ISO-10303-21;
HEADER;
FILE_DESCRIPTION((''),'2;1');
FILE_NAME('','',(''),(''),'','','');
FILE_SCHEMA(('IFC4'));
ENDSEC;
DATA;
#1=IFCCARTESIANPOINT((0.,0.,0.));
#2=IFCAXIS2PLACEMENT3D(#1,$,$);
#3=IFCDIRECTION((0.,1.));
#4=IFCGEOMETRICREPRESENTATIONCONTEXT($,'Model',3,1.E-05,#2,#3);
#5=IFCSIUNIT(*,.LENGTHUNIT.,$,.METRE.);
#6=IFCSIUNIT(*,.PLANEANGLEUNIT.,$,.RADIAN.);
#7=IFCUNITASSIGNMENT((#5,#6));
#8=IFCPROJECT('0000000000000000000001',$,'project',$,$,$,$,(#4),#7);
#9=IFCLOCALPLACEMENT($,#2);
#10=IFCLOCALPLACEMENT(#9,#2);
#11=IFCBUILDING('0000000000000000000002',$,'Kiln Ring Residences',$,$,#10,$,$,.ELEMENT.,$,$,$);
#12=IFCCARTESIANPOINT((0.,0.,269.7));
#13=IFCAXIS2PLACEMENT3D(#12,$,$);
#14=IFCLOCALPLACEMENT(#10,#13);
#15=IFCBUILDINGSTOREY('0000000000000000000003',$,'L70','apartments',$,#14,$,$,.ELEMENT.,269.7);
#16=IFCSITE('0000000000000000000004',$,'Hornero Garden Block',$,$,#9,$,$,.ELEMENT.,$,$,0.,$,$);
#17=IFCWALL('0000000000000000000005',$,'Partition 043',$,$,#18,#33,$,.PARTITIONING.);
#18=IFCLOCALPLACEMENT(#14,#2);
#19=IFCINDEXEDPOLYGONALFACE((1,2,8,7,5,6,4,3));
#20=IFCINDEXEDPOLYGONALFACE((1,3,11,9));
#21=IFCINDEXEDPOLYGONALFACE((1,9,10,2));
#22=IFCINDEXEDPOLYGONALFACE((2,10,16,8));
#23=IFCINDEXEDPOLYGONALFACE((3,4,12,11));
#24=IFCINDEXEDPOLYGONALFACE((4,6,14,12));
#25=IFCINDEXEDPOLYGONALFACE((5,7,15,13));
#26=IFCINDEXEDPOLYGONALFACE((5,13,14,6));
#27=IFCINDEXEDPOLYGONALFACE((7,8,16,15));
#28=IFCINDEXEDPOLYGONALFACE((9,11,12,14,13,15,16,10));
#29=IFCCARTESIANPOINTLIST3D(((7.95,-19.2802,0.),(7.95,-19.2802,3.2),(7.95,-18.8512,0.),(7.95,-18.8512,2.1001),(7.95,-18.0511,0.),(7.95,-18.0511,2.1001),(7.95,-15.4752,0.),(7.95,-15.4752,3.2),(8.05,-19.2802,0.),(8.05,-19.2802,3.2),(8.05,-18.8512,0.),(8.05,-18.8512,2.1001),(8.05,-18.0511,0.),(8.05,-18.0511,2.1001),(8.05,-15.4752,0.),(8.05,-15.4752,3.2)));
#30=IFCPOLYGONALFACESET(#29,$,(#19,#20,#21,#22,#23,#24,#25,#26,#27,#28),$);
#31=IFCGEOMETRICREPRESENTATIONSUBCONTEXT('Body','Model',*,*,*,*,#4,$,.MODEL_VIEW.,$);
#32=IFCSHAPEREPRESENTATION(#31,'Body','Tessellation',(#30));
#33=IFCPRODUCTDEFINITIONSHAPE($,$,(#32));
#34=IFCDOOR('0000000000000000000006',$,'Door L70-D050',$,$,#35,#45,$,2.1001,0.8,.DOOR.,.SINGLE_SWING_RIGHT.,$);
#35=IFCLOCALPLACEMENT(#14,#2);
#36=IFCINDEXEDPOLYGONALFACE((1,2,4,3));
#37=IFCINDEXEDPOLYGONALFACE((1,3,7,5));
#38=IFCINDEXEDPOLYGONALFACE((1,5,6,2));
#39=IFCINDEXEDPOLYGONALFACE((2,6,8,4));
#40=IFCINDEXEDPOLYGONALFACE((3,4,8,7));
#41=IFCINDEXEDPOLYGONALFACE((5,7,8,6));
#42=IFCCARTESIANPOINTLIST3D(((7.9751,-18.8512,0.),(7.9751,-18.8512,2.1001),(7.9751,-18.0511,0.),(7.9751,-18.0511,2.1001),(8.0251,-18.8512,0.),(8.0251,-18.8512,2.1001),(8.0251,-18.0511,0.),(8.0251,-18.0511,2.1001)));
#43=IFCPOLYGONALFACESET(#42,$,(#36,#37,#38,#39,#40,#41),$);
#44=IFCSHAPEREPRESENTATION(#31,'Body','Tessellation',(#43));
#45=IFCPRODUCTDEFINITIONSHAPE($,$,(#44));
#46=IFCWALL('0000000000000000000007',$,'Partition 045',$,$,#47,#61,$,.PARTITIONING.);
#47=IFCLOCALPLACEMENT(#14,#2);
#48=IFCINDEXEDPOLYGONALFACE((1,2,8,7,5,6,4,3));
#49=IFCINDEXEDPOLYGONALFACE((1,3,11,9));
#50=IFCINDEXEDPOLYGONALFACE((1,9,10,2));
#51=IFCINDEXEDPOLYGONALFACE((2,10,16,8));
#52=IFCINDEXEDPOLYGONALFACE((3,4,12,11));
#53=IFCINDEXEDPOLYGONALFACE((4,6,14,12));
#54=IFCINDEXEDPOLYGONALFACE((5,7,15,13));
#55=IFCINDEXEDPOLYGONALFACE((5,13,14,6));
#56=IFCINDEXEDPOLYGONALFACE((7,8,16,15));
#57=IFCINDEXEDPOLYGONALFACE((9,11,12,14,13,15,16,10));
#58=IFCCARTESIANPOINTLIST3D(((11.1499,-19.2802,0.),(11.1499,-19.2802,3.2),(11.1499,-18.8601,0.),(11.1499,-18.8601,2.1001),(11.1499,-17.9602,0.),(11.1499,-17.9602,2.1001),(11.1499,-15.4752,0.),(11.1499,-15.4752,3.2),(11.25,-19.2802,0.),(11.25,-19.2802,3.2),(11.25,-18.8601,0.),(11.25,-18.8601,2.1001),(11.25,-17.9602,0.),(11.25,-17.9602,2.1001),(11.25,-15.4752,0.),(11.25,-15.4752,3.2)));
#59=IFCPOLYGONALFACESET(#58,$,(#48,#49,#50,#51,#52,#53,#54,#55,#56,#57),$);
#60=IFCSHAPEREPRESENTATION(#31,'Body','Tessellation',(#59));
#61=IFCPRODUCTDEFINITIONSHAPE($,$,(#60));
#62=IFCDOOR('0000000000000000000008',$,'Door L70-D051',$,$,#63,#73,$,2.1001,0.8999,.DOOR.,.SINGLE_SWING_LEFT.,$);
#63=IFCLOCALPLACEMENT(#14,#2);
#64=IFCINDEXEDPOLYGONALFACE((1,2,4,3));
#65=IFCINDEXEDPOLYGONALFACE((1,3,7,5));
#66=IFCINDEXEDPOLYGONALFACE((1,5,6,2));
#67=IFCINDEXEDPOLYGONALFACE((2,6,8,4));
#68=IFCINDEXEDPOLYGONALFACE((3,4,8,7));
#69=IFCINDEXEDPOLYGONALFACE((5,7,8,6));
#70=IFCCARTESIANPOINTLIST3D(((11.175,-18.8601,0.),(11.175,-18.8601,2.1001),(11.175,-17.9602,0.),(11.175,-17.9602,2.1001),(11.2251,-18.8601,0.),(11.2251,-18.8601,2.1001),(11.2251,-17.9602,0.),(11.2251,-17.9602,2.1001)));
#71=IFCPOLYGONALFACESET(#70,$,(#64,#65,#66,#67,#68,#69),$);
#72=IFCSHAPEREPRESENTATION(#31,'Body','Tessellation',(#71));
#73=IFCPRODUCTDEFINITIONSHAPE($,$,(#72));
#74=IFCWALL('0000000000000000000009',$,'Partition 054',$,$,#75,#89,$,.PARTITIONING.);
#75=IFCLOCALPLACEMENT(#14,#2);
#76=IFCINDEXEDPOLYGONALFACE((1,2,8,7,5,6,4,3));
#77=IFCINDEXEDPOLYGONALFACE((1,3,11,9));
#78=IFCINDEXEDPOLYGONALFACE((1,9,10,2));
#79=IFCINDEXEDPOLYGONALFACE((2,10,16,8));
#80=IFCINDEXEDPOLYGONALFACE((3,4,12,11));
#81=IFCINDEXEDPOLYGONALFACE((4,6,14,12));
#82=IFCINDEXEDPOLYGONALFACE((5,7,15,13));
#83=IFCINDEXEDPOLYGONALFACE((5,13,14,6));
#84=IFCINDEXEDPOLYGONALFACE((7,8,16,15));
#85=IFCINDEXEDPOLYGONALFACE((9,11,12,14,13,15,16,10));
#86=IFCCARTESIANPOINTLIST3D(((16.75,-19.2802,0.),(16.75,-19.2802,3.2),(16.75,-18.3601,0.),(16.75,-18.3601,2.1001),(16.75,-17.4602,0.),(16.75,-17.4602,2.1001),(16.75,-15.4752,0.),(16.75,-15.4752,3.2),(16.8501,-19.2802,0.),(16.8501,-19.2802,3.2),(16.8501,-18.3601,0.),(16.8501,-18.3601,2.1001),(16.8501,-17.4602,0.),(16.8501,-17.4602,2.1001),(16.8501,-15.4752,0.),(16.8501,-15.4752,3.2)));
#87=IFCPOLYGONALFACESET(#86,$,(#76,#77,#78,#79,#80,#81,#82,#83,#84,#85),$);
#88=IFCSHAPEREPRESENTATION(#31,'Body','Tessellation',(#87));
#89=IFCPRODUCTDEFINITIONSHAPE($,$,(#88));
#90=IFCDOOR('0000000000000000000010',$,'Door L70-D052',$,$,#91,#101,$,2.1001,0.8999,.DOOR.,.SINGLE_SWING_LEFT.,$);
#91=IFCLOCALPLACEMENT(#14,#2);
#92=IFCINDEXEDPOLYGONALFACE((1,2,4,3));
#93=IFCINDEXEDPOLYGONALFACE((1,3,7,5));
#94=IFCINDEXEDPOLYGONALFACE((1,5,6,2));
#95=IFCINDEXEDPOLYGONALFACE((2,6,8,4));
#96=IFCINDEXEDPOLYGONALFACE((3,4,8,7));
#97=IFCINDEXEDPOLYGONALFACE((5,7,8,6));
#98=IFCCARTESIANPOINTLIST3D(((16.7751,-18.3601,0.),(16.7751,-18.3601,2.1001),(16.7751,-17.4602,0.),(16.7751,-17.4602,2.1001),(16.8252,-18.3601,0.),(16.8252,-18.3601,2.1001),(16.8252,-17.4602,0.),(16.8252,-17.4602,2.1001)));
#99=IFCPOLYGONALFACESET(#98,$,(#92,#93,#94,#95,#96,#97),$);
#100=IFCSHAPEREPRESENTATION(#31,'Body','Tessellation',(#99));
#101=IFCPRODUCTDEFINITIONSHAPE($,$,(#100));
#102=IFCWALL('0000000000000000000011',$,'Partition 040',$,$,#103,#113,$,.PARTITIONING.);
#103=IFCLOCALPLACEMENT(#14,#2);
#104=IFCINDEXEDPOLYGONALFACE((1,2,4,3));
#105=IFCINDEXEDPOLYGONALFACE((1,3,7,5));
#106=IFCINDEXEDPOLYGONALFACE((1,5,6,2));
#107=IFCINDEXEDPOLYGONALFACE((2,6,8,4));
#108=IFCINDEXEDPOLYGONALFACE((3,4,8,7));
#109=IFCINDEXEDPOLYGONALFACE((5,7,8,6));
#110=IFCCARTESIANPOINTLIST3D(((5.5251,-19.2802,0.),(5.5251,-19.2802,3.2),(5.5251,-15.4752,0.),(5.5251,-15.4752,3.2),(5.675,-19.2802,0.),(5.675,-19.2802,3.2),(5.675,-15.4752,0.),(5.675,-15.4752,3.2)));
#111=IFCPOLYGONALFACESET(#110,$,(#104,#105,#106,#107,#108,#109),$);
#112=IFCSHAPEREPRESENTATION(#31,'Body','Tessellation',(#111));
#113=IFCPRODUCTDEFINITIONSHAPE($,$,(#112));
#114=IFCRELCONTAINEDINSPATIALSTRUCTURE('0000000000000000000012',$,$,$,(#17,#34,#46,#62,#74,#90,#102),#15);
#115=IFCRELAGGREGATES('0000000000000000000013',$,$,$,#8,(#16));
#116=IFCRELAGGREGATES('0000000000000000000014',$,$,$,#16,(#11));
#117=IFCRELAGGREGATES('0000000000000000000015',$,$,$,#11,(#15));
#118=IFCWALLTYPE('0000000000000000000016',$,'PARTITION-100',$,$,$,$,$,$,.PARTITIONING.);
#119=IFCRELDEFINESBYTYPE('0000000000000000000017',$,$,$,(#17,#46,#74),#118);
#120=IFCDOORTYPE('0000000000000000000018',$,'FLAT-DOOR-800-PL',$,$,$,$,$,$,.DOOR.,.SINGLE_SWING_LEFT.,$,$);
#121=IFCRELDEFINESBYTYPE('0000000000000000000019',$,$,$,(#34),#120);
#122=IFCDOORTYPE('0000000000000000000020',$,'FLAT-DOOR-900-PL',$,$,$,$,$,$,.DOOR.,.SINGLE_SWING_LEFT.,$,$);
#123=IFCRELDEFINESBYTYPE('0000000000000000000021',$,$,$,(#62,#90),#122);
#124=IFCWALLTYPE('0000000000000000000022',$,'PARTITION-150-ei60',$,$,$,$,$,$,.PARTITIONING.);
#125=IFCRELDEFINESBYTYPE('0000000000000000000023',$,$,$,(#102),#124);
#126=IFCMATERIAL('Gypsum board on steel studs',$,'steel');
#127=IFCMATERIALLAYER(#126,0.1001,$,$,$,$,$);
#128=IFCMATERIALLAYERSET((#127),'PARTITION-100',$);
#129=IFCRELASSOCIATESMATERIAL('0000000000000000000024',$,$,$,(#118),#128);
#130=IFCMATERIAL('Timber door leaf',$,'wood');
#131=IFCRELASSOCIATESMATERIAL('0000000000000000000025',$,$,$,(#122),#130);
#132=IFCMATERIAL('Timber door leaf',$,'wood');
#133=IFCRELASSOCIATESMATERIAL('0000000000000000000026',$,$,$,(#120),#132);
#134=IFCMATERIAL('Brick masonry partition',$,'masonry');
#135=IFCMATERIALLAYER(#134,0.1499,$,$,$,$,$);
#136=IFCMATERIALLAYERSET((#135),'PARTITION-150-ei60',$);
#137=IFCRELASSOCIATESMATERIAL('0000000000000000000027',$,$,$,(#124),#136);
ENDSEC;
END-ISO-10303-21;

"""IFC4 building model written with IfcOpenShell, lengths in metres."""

from ifc_helpers import new_model, si_unit, direction, frame, frame_2d, origin, place, context, subcontext, project, spatial, rectangle, extrude, material, layer, layer_set, type_object, element, fill, save


model = new_model("IFC4")

# Units and contexts
model_context = context("Model", 3, precision=1e-05, world=origin(), true_north=direction((0.0, 1.0)))
body_context = subcontext(model_context, "Body", "Model", "MODEL_VIEW")
ifc_project = project(units=[si_unit("LENGTHUNIT", "METRE"), si_unit("PLANEANGLEUNIT", "RADIAN")], contexts=[model_context])

# Site, building, storey
site_placement = place(None, origin())
site = spatial("IfcSite", under=ifc_project, at=site_placement, Name="Hornero Garden Block", CompositionType="ELEMENT", RefElevation=0.0)
building_placement = place(site_placement, origin())
building = spatial("IfcBuilding", under=site, at=building_placement, Name="Kiln Ring Residences", CompositionType="ELEMENT")
storey_placement = place(building_placement, frame((0.0, 0.0, 269.7)))
storey = spatial("IfcBuildingStorey", under=building, at=storey_placement, Name="L70", Description="apartments", CompositionType="ELEMENT", Elevation=269.7)

# Walls, openings, doors
ifc_material_1 = material(Name="Gypsum board on steel studs", Category="steel")
ifc_layer_1 = layer(ifc_material_1, 0.1001)
ifc_layer_set_1 = layer_set([ifc_layer_1], Name="PARTITION-100")
wall_type_1 = type_object("IfcWallType", Name="PARTITION-100", PredefinedType="PARTITIONING", material=ifc_layer_set_1)
ifc_material_2 = material(Name="Timber door leaf", Category="wood")
door_type_1 = type_object("IfcDoorType", Name="FLAT-DOOR-900-PL", OperationType="SINGLE_SWING_LEFT", PredefinedType="DOOR", material=ifc_material_2)
wall_1_placement = place(storey_placement, frame((8.0, -19.28, 0.0), z_axis=(0.0, 0.0, 1.0), x_axis=(0.0, 1.0, 0.0)))
wall_1 = element("IfcWall", 1, at=wall_1_placement, inside=storey, type_object=wall_type_1, Name="Partition 043", PredefinedType="PARTITIONING", context=body_context, shape_type="SweptSolid", body=[
    extrude(rectangle(XDim=3.8049, YDim=0.1001, at=frame_2d((1.9023, 0.0))), origin(), (0.0, 0.0, 1.0), 3.2),
])
opening_1_placement = place(wall_1_placement, frame((0.429, 0.0, 0.0)))
opening_1 = element("IfcOpeningElement", 2, at=opening_1_placement, cuts=wall_1, PredefinedType="OPENING", context=body_context, shape_type="SweptSolid", body=[
    extrude(rectangle(XDim=0.8, YDim=2.1001, at=frame_2d((0.3999, 1.05))), frame((0.0, 0.0601, 0.0), z_axis=(0.0, -1.0, 0.0), x_axis=(1.0, 0.0, 0.0)), (0.0, 0.0, 1.0), 0.1201),
])
ifc_material_3 = material(Name="Timber door leaf", Category="wood")
door_type_2 = type_object("IfcDoorType", Name="FLAT-DOOR-800-PL", OperationType="SINGLE_SWING_LEFT", PredefinedType="DOOR", material=ifc_material_3)
door_1_placement = place(opening_1_placement, origin())
door_1 = element("IfcDoor", 3, at=door_1_placement, inside=storey, type_object=door_type_2, Name="Door L70-D050", OperationType="SINGLE_SWING_RIGHT", OverallHeight=2.1001, OverallWidth=0.8, PredefinedType="DOOR", context=body_context, shape_type="SweptSolid", body=[
    extrude(rectangle(XDim=0.8, YDim=2.1001, at=frame_2d((0.3999, 1.05))), frame((0.0, 0.0249, 0.0), z_axis=(0.0, -1.0, 0.0), x_axis=(1.0, 0.0, 0.0)), (0.0, 0.0, 1.0), 0.05),
])
fill(opening_1, door_1)
wall_2_placement = place(storey_placement, frame((11.2, -19.28, 0.0), z_axis=(0.0, 0.0, 1.0), x_axis=(0.0, 1.0, 0.0)))
wall_2 = element("IfcWall", 4, at=wall_2_placement, inside=storey, type_object=wall_type_1, Name="Partition 045", PredefinedType="PARTITIONING", context=body_context, shape_type="SweptSolid", body=[
    extrude(rectangle(XDim=3.8049, YDim=0.1001, at=frame_2d((1.9023, 0.0))), origin(), (0.0, 0.0, 1.0), 3.2),
])
opening_2_placement = place(wall_2_placement, frame((0.4199, 0.0, 0.0)))
opening_2 = element("IfcOpeningElement", 5, at=opening_2_placement, cuts=wall_2, PredefinedType="OPENING", context=body_context, shape_type="SweptSolid", body=[
    extrude(rectangle(XDim=0.8999, YDim=2.1001, at=frame_2d((0.45, 1.05))), frame((0.0, 0.0601, 0.0), z_axis=(0.0, -1.0, 0.0), x_axis=(1.0, 0.0, 0.0)), (0.0, 0.0, 1.0), 0.1201),
])
door_2_placement = place(opening_2_placement, origin())
door_2 = element("IfcDoor", 6, at=door_2_placement, inside=storey, type_object=door_type_1, Name="Door L70-D051", OperationType="SINGLE_SWING_LEFT", OverallHeight=2.1001, OverallWidth=0.8999, PredefinedType="DOOR", context=body_context, shape_type="SweptSolid", body=[
    extrude(rectangle(XDim=0.8999, YDim=2.1001, at=frame_2d((0.45, 1.05))), frame((0.0, 0.0249, 0.0), z_axis=(0.0, -1.0, 0.0), x_axis=(1.0, 0.0, 0.0)), (0.0, 0.0, 1.0), 0.05),
])
fill(opening_2, door_2)
wall_3_placement = place(storey_placement, frame((16.8, -19.28, 0.0), z_axis=(0.0, 0.0, 1.0), x_axis=(0.0, 1.0, 0.0)))
wall_3 = element("IfcWall", 7, at=wall_3_placement, inside=storey, type_object=wall_type_1, Name="Partition 054", PredefinedType="PARTITIONING", context=body_context, shape_type="SweptSolid", body=[
    extrude(rectangle(XDim=3.8049, YDim=0.1001, at=frame_2d((1.9023, 0.0))), origin(), (0.0, 0.0, 1.0), 3.2),
])
opening_3_placement = place(wall_3_placement, frame((0.9199, 0.0, 0.0)))
opening_3 = element("IfcOpeningElement", 8, at=opening_3_placement, cuts=wall_3, PredefinedType="OPENING", context=body_context, shape_type="SweptSolid", body=[
    extrude(rectangle(XDim=0.8999, YDim=2.1001, at=frame_2d((0.45, 1.05))), frame((0.0, 0.0601, 0.0), z_axis=(0.0, -1.0, 0.0), x_axis=(1.0, 0.0, 0.0)), (0.0, 0.0, 1.0), 0.1201),
])
door_3_placement = place(opening_3_placement, origin())
door_3 = element("IfcDoor", 9, at=door_3_placement, inside=storey, type_object=door_type_1, Name="Door L70-D052", OperationType="SINGLE_SWING_LEFT", OverallHeight=2.1001, OverallWidth=0.8999, PredefinedType="DOOR", context=body_context, shape_type="SweptSolid", body=[
    extrude(rectangle(XDim=0.8999, YDim=2.1001, at=frame_2d((0.45, 1.05))), frame((0.0, 0.0249, 0.0), z_axis=(0.0, -1.0, 0.0), x_axis=(1.0, 0.0, 0.0)), (0.0, 0.0, 1.0), 0.05),
])
fill(opening_3, door_3)

# Wall
ifc_material_4 = material(Name="Brick masonry partition", Category="masonry")
ifc_layer_2 = layer(ifc_material_4, 0.1499)
ifc_layer_set_2 = layer_set([ifc_layer_2], Name="PARTITION-150-ei60")
wall_type_2 = type_object("IfcWallType", Name="PARTITION-150-ei60", PredefinedType="PARTITIONING", material=ifc_layer_set_2)
wall_4_placement = place(storey_placement, frame((5.6001, -19.28, 0.0), z_axis=(0.0, 0.0, 1.0), x_axis=(0.0, 1.0, 0.0)))
element("IfcWall", 10, at=wall_4_placement, inside=storey, type_object=wall_type_2, Name="Partition 040", PredefinedType="PARTITIONING", context=body_context, shape_type="SweptSolid", body=[
    extrude(rectangle(XDim=3.8049, YDim=0.1499, at=frame_2d((1.9023, 0.0))), origin(), (0.0, 0.0, 1.0), 3.2),
])

save(model, "model.ifc")
